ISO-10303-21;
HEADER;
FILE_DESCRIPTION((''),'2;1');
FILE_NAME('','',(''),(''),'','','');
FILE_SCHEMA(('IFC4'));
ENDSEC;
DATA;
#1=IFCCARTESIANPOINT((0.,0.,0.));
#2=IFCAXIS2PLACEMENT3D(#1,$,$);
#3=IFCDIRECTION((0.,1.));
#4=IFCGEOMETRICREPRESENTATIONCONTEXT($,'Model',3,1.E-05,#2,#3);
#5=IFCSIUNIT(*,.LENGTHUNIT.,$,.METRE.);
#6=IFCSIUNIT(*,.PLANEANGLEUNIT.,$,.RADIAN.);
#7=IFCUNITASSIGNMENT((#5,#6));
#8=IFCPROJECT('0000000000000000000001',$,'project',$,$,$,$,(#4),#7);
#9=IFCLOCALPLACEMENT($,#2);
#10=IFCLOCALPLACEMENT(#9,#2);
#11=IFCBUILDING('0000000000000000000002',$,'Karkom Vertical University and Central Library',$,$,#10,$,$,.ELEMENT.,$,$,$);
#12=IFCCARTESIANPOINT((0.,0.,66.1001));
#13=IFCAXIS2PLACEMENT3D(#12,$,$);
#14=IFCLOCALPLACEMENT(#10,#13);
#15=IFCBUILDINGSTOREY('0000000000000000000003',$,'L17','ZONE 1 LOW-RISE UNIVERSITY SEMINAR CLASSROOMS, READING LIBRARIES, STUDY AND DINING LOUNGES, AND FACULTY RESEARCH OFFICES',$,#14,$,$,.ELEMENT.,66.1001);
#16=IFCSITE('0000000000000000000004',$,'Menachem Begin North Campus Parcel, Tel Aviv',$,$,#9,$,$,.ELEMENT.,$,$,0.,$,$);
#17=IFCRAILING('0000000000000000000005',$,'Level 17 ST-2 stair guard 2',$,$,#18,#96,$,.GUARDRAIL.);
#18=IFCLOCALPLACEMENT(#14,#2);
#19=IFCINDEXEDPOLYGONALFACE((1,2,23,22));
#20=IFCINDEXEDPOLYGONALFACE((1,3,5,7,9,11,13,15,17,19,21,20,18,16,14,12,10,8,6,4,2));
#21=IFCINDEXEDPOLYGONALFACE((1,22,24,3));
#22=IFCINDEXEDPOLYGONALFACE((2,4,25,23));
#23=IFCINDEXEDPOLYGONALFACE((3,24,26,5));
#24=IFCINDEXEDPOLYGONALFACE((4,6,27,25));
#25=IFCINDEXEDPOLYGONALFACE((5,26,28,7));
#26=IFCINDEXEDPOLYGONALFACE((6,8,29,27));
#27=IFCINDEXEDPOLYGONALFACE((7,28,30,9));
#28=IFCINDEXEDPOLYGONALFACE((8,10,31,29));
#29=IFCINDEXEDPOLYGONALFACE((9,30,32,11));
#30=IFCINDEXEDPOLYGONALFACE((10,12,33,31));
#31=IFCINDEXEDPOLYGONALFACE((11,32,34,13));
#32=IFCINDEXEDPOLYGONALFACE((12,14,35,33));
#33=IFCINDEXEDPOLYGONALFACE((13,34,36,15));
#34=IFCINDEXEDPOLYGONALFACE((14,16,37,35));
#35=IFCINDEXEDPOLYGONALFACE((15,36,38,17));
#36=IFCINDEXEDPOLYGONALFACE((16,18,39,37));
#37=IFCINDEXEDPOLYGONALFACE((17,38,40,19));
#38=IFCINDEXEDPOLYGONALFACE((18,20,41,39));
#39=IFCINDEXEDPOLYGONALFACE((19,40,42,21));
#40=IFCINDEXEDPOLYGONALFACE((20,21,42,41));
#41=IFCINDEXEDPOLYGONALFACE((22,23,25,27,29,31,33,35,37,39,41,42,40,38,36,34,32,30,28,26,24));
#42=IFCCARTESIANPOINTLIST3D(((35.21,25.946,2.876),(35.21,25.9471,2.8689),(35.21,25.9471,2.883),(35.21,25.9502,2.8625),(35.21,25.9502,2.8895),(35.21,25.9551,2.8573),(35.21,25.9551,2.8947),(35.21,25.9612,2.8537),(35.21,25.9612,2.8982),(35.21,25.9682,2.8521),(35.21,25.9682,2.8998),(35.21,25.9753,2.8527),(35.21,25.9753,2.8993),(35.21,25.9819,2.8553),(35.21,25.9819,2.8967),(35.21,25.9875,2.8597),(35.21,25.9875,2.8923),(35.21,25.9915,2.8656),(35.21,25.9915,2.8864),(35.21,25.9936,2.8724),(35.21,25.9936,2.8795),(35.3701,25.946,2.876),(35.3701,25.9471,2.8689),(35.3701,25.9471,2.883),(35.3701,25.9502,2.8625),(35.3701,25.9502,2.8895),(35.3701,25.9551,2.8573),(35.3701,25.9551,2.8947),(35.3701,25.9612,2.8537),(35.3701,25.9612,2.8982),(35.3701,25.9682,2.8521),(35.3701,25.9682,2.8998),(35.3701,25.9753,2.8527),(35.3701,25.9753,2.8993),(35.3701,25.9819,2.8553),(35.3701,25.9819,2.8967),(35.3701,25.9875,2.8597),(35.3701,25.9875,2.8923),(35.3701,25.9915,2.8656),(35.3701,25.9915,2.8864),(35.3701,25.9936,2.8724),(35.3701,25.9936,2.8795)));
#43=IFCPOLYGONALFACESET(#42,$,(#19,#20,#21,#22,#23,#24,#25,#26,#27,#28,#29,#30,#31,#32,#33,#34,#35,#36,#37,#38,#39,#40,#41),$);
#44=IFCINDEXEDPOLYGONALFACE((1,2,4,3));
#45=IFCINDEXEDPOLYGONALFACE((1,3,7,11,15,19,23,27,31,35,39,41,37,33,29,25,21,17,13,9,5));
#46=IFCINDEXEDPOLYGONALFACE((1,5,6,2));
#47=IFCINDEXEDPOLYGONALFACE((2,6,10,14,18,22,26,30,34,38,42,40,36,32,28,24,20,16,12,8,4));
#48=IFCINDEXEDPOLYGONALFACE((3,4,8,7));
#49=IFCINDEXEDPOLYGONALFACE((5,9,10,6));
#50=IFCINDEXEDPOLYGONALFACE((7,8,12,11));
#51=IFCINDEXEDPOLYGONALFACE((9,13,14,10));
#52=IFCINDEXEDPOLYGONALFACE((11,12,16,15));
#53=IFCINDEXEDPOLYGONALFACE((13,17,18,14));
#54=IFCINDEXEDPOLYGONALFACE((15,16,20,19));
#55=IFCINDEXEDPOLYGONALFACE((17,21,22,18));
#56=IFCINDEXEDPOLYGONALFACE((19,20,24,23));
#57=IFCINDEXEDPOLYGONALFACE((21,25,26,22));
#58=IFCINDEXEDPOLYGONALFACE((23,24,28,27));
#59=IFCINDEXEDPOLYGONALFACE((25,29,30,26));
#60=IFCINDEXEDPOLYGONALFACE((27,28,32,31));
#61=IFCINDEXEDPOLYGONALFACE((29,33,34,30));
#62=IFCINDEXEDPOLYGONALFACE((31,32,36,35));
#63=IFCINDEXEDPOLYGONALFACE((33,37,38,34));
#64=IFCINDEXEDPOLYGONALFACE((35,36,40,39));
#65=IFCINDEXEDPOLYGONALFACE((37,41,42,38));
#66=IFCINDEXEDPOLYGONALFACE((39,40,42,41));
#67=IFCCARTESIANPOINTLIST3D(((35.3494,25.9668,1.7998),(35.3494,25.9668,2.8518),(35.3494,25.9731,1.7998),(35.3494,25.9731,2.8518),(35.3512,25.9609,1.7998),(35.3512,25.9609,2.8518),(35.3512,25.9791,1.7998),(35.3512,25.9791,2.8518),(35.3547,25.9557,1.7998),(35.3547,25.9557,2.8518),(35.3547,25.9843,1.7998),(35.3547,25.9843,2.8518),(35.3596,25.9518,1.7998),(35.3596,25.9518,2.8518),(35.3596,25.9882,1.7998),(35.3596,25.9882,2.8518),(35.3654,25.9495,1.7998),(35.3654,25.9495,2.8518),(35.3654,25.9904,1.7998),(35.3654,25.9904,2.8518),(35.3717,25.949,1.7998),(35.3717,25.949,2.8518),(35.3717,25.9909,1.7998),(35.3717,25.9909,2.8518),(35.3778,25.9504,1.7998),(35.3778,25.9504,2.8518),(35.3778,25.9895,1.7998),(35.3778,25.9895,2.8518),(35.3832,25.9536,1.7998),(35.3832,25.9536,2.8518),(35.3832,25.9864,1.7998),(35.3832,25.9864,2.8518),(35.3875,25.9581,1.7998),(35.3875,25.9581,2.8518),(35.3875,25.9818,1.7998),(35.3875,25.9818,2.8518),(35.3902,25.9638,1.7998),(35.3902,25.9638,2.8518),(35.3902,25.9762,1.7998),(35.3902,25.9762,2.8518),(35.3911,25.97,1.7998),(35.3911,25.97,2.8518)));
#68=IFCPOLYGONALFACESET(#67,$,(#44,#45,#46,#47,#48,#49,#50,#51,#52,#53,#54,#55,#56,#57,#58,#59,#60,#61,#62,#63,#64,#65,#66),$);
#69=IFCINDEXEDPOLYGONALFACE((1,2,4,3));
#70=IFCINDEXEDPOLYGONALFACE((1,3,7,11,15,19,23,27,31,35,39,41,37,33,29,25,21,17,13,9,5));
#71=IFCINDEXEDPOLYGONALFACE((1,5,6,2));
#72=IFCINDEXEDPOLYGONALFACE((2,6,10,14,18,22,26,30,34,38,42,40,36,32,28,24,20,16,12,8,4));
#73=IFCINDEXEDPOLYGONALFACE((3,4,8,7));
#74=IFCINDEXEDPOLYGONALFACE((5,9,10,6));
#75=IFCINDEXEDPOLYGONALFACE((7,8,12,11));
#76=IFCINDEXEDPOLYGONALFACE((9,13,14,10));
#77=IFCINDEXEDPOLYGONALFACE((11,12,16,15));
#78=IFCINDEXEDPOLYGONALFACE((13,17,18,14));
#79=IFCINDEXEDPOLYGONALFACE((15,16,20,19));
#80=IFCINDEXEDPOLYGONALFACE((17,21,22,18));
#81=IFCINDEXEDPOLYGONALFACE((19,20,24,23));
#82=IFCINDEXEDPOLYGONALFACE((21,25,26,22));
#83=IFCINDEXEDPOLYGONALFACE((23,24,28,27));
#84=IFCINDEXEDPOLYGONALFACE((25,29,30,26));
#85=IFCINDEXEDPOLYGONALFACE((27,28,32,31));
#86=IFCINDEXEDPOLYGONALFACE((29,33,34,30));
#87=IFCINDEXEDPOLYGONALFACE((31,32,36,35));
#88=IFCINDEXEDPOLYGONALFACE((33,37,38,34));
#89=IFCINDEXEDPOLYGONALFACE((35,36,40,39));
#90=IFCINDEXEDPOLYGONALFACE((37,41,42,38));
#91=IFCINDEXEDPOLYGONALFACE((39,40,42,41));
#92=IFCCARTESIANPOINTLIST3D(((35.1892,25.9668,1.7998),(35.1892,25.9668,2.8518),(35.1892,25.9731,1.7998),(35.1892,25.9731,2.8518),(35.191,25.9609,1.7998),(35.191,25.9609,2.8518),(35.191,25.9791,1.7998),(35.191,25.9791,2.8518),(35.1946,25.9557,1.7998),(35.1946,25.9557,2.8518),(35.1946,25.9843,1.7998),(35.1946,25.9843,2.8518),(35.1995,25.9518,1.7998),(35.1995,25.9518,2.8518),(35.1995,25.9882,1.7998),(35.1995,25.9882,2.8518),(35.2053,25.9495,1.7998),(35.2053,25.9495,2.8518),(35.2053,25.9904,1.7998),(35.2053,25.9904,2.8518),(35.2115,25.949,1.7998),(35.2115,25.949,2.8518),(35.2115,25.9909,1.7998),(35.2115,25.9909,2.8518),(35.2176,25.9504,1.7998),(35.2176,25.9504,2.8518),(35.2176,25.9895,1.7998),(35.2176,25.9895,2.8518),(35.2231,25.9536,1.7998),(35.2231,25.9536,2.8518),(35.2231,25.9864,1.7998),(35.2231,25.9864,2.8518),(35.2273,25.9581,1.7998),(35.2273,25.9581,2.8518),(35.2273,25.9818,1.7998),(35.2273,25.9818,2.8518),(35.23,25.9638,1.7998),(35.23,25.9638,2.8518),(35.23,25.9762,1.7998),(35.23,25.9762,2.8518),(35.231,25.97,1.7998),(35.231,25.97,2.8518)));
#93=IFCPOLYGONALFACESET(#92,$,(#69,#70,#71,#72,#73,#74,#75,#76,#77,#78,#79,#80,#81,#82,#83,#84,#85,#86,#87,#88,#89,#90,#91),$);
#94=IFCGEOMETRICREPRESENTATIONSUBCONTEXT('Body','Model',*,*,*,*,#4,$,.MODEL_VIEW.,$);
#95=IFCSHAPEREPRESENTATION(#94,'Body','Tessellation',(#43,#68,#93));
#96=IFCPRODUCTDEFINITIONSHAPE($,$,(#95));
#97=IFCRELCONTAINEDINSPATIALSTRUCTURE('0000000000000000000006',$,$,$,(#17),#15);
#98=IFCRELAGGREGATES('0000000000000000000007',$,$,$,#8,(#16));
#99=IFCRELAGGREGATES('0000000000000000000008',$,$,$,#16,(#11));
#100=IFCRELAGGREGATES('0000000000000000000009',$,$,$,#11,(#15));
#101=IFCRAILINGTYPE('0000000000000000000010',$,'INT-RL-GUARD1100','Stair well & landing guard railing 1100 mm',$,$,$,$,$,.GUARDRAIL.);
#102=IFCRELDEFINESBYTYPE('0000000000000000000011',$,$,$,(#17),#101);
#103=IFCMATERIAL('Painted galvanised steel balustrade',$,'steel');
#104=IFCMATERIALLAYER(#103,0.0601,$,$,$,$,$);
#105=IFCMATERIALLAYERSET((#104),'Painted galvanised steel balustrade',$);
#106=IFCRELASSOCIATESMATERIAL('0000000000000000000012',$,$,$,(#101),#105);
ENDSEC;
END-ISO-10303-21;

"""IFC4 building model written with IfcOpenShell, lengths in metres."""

from ifc_helpers import new_model, si_unit, direction, frame, origin, origin_2d, place, context, subcontext, project, spatial, circle, extrude, material, layer, layer_set, type_object, element, save


model = new_model("IFC4")

# Units and contexts
model_context = context("Model", 3, precision=1e-05, world=origin(), true_north=direction((0.0, 1.0)))
body_context = subcontext(model_context, "Body", "Model", "MODEL_VIEW")
ifc_project = project(units=[si_unit("LENGTHUNIT", "METRE"), si_unit("PLANEANGLEUNIT", "RADIAN")], contexts=[model_context])

# Site, building, storey
site_placement = place(None, origin())
site = spatial("IfcSite", under=ifc_project, at=site_placement, Name="Menachem Begin North Campus Parcel, Tel Aviv", CompositionType="ELEMENT", RefElevation=0.0)
building_placement = place(site_placement, origin())
building = spatial("IfcBuilding", under=site, at=building_placement, Name="Karkom Vertical University and Central Library", CompositionType="ELEMENT")
storey_placement = place(building_placement, frame((0.0, 0.0, 66.1001)))
storey = spatial("IfcBuildingStorey", under=building, at=storey_placement, Name="L17", Description="ZONE 1 LOW-RISE UNIVERSITY SEMINAR CLASSROOMS, READING LIBRARIES, STUDY AND DINING LOUNGES, AND FACULTY RESEARCH OFFICES", CompositionType="ELEMENT", Elevation=66.1001)

# Railing
ifc_material_1 = material(Name="Painted galvanised steel balustrade", Category="steel")
ifc_layer_1 = layer(ifc_material_1, 0.0601)
ifc_layer_set_1 = layer_set([ifc_layer_1], Name="Painted galvanised steel balustrade")
railing_type_1 = type_object("IfcRailingType", Name="INT-RL-GUARD1100", Description="Stair well & landing guard railing 1100 mm", PredefinedType="GUARDRAIL", material=ifc_layer_set_1)
railing_1_placement = place(storey_placement, frame((35.3701, 25.97, 1.7998)))
element("IfcRailing", 1, at=railing_1_placement, inside=storey, type_object=railing_type_1, Name="Level 17 ST-2 stair guard 2", PredefinedType="GUARDRAIL", context=body_context, shape_type="SweptSolid", body=[
    extrude(circle(Radius=0.0239, at=origin_2d()), frame((0.0, 0.0, 1.0762), z_axis=(-1.0, 0.0, 0.0), x_axis=(0.0, -1.0, 0.0)), (0.0, 0.0, 1.0), 0.1602),
    extrude(circle(Radius=0.021, at=origin_2d()), origin(), (0.0, 0.0, 1.0), 1.052),
    extrude(circle(Radius=0.021, at=origin_2d()), frame((-0.1602, 0.0, 0.0)), (0.0, 0.0, 1.0), 1.052),
])

save(model, "model.ifc")
